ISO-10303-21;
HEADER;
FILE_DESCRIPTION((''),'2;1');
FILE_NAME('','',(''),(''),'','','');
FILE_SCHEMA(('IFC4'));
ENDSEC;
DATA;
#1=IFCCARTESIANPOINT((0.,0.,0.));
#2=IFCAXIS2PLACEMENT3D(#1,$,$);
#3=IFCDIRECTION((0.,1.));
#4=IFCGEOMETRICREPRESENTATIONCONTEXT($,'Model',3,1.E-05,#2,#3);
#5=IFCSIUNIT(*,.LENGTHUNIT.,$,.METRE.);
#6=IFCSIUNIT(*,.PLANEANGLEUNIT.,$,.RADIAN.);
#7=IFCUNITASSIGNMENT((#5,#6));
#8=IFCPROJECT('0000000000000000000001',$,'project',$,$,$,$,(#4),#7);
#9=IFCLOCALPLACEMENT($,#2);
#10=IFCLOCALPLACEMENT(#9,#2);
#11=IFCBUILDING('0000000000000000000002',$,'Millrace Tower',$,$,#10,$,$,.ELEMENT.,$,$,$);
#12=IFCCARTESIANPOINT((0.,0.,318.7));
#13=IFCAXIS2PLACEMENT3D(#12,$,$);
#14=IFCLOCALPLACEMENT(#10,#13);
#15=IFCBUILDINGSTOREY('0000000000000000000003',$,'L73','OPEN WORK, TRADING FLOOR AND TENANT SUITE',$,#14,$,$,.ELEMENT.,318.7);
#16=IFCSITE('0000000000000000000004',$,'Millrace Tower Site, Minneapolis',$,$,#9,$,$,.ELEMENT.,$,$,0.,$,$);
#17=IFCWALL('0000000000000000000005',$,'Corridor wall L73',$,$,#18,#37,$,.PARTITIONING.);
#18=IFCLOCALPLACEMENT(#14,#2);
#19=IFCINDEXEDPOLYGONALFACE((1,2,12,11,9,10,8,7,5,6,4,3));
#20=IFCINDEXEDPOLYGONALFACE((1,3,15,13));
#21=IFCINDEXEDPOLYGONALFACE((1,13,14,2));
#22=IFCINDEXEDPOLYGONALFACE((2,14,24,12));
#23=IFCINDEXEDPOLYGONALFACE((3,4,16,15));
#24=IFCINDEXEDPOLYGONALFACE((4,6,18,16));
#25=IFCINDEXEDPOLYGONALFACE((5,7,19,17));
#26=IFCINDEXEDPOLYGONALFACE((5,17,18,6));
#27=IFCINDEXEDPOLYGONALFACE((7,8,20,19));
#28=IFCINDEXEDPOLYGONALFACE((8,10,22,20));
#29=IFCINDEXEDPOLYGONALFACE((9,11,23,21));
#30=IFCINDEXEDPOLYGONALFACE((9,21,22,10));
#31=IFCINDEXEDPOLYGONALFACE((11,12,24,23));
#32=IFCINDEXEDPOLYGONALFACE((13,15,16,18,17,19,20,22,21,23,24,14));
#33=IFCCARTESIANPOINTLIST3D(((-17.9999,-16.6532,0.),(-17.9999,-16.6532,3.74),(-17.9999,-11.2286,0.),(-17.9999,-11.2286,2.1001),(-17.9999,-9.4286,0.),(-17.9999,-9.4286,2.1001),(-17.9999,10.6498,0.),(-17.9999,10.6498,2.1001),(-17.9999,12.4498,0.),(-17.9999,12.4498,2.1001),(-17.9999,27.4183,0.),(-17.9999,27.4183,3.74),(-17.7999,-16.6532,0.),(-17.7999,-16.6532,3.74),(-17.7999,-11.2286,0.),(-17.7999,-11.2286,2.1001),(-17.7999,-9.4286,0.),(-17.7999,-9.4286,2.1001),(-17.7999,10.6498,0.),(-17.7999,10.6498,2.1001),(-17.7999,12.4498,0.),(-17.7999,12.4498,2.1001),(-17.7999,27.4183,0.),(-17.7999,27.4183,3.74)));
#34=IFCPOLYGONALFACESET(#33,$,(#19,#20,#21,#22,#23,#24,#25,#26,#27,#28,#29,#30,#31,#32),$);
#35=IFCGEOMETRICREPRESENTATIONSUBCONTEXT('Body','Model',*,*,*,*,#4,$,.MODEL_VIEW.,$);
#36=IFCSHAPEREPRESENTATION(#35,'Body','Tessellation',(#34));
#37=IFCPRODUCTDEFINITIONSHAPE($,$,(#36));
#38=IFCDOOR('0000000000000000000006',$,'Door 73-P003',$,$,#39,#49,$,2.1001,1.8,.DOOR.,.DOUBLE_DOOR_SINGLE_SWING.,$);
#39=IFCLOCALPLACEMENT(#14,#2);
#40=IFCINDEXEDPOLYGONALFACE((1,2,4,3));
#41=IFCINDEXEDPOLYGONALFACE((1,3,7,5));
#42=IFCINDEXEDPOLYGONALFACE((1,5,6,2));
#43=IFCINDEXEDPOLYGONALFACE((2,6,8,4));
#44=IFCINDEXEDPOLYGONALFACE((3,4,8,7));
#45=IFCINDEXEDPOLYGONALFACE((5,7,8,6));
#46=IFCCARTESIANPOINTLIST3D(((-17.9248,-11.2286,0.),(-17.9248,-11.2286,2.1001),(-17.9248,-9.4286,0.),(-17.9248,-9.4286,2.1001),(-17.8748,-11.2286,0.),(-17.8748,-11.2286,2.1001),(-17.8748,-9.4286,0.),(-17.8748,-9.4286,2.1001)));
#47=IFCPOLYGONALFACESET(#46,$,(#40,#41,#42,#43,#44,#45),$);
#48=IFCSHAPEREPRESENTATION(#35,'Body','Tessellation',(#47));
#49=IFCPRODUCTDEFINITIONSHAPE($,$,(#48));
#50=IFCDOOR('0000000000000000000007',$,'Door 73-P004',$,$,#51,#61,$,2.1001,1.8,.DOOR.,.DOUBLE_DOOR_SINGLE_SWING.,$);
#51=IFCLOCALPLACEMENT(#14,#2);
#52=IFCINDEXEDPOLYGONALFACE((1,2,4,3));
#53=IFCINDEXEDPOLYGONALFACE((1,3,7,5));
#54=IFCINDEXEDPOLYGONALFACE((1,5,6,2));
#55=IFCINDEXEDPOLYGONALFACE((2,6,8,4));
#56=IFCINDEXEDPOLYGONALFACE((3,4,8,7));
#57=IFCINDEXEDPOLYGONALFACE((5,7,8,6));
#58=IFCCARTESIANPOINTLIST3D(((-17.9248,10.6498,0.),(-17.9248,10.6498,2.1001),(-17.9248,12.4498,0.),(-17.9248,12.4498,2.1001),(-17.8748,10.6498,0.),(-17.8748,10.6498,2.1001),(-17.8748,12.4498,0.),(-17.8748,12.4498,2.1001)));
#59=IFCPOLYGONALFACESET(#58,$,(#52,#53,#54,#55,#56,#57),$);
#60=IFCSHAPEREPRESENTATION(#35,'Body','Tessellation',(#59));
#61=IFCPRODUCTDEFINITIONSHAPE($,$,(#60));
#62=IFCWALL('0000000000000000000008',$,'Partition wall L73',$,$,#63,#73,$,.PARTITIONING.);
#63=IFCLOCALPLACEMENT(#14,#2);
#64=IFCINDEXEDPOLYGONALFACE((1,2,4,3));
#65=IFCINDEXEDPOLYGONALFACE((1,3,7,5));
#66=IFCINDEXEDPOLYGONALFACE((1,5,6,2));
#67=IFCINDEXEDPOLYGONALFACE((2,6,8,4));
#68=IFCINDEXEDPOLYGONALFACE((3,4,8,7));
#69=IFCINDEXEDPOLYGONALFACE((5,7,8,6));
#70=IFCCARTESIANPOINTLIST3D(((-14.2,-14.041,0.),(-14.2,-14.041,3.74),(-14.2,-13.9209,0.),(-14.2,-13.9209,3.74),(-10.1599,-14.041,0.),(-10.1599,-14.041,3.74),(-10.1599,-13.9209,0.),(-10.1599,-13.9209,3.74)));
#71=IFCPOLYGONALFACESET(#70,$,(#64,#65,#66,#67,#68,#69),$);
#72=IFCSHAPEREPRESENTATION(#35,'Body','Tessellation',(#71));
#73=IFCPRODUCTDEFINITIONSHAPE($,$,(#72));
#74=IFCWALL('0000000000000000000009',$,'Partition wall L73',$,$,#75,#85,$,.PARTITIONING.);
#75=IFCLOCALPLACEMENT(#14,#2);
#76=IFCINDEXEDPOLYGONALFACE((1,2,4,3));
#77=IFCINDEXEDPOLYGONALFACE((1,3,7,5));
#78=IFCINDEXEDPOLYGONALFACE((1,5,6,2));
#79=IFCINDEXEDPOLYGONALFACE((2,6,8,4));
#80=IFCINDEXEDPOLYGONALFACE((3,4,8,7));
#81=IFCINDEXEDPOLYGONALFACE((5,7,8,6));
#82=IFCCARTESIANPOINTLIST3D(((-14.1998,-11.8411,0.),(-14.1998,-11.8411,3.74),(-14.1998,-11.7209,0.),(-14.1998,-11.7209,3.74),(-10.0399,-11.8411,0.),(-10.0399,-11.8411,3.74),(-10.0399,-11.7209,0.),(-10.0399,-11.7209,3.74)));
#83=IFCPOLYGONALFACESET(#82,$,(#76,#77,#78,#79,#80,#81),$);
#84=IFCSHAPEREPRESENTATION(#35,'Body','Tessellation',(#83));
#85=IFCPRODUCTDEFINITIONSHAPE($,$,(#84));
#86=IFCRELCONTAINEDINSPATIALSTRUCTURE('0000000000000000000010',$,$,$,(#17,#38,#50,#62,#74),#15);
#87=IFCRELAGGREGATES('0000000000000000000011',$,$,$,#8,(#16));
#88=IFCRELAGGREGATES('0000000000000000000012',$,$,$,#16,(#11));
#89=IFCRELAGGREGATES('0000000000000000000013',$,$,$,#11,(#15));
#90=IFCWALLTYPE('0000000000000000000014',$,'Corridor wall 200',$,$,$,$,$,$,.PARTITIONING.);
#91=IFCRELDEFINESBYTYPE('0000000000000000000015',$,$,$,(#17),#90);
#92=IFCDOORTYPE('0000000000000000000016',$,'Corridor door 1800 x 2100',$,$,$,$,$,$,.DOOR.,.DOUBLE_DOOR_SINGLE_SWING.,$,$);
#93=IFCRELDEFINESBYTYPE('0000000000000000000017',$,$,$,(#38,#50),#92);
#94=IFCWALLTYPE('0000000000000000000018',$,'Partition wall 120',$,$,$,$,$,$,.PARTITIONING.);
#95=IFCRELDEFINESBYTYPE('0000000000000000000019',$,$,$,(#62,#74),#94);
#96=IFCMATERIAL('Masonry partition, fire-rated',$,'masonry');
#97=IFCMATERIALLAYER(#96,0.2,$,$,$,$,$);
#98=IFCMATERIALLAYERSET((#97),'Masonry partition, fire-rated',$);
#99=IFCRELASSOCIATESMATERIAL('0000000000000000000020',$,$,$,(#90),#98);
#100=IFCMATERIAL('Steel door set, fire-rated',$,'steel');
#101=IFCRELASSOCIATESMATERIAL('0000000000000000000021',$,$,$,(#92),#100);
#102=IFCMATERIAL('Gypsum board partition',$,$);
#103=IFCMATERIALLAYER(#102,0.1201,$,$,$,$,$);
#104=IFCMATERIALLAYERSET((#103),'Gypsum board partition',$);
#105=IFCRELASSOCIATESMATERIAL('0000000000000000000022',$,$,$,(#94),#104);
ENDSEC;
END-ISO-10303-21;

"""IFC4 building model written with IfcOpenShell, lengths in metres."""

from ifc_helpers import new_model, si_unit, direction, frame, frame_2d, origin, place, context, subcontext, project, spatial, rectangle, extrude, material, layer, layer_set, type_object, element, fill, save


model = new_model("IFC4")

# Units and contexts
model_context = context("Model", 3, precision=1e-05, world=origin(), true_north=direction((0.0, 1.0)))
body_context = subcontext(model_context, "Body", "Model", "MODEL_VIEW")
ifc_project = project(units=[si_unit("LENGTHUNIT", "METRE"), si_unit("PLANEANGLEUNIT", "RADIAN")], contexts=[model_context])

# Site, building, storey
site_placement = place(None, origin())
site = spatial("IfcSite", under=ifc_project, at=site_placement, Name="Millrace Tower Site, Minneapolis", CompositionType="ELEMENT", RefElevation=0.0)
building_placement = place(site_placement, origin())
building = spatial("IfcBuilding", under=site, at=building_placement, Name="Millrace Tower", CompositionType="ELEMENT")
storey_placement = place(building_placement, frame((0.0, 0.0, 318.7)))
storey = spatial("IfcBuildingStorey", under=building, at=storey_placement, Name="L73", Description="OPEN WORK, TRADING FLOOR AND TENANT SUITE", CompositionType="ELEMENT", Elevation=318.7)

# Shared definitions
ifc_material_1 = material(Name="Masonry partition, fire-rated", Category="masonry")
ifc_layer_1 = layer(ifc_material_1, 0.2)
ifc_layer_set_1 = layer_set([ifc_layer_1], Name="Masonry partition, fire-rated")
wall_type_1 = type_object("IfcWallType", Name="Corridor wall 200", PredefinedType="PARTITIONING", material=ifc_layer_set_1)

# Wall, openings, doors
wall_1_placement = place(storey_placement, frame((-17.8999, -16.6531, 0.0), z_axis=(0.0, 0.0, 1.0), x_axis=(0.0, 1.0, 0.0)))
wall_1 = element("IfcWall", 1, at=wall_1_placement, inside=storey, type_object=wall_type_1, Name="Corridor wall L73", PredefinedType="PARTITIONING", context=body_context, shape_type="SweptSolid", body=[
    extrude(rectangle(XDim=44.0715, YDim=0.2, at=frame_2d((22.0356, 0.0))), origin(), (0.0, 0.0, 1.0), 3.74),
])
opening_1_placement = place(wall_1_placement, frame((5.4246, 0.0, 0.0)))
opening_1 = element("IfcOpeningElement", 2, at=opening_1_placement, cuts=wall_1, PredefinedType="OPENING", context=body_context, shape_type="SweptSolid", body=[
    extrude(rectangle(XDim=1.8, YDim=2.1001, at=frame_2d((0.8999, 1.05))), frame((0.0, 0.1099, 0.0), z_axis=(0.0, -1.0, 0.0), x_axis=(1.0, 0.0, 0.0)), (0.0, 0.0, 1.0), 0.22),
])
opening_2_placement = place(wall_1_placement, frame((27.303, 0.0, 0.0)))
opening_2 = element("IfcOpeningElement", 3, at=opening_2_placement, cuts=wall_1, PredefinedType="OPENING", context=body_context, shape_type="SweptSolid", body=[
    extrude(rectangle(XDim=1.8, YDim=2.1001, at=frame_2d((0.8999, 1.05))), frame((0.0, 0.1099, 0.0), z_axis=(0.0, -1.0, 0.0), x_axis=(1.0, 0.0, 0.0)), (0.0, 0.0, 1.0), 0.22),
])
ifc_material_2 = material(Name="Steel door set, fire-rated", Category="steel")
door_type_1 = type_object("IfcDoorType", Name="Corridor door 1800 x 2100", OperationType="DOUBLE_DOOR_SINGLE_SWING", PredefinedType="DOOR", material=ifc_material_2)
door_1_placement = place(opening_1_placement, origin())
door_1 = element("IfcDoor", 4, at=door_1_placement, inside=storey, type_object=door_type_1, Name="Door 73-P003", OperationType="DOUBLE_DOOR_SINGLE_SWING", OverallHeight=2.1001, OverallWidth=1.8, PredefinedType="DOOR", context=body_context, shape_type="SweptSolid", body=[
    extrude(rectangle(XDim=1.8, YDim=2.1001, at=frame_2d((0.8999, 1.05))), frame((0.0, 0.0249, 0.0), z_axis=(0.0, -1.0, 0.0), x_axis=(1.0, 0.0, 0.0)), (0.0, 0.0, 1.0), 0.05),
])
fill(opening_1, door_1)
door_2_placement = place(opening_2_placement, origin())
door_2 = element("IfcDoor", 5, at=door_2_placement, inside=storey, type_object=door_type_1, Name="Door 73-P004", OperationType="DOUBLE_DOOR_SINGLE_SWING", OverallHeight=2.1001, OverallWidth=1.8, PredefinedType="DOOR", context=body_context, shape_type="SweptSolid", body=[
    extrude(rectangle(XDim=1.8, YDim=2.1001, at=frame_2d((0.8999, 1.05))), frame((0.0, 0.0249, 0.0), z_axis=(0.0, -1.0, 0.0), x_axis=(1.0, 0.0, 0.0)), (0.0, 0.0, 1.0), 0.05),
])
fill(opening_2, door_2)

# Walls
ifc_material_3 = material(Name="Gypsum board partition")
ifc_layer_2 = layer(ifc_material_3, 0.1201)
ifc_layer_set_2 = layer_set([ifc_layer_2], Name="Gypsum board partition")
wall_type_2 = type_object("IfcWallType", Name="Partition wall 120", PredefinedType="PARTITIONING", material=ifc_layer_set_2)
wall_2_placement = place(storey_placement, frame((-14.2, -13.981, 0.0), z_axis=(0.0, 0.0, 1.0), x_axis=(1.0, 0.0, 0.0)))
element("IfcWall", 6, at=wall_2_placement, inside=storey, type_object=wall_type_2, Name="Partition wall L73", PredefinedType="PARTITIONING", context=body_context, shape_type="SweptSolid", body=[
    extrude(rectangle(XDim=4.04, YDim=0.1201, at=frame_2d((2.02, 0.0))), origin(), (0.0, 0.0, 1.0), 3.74),
])
wall_3_placement = place(storey_placement, frame((-14.2, -11.781, 0.0), z_axis=(0.0, 0.0, 1.0), x_axis=(1.0, 0.0, 0.0)))
element("IfcWall", 7, at=wall_3_placement, inside=storey, type_object=wall_type_2, Name="Partition wall L73", PredefinedType="PARTITIONING", context=body_context, shape_type="SweptSolid", body=[
    extrude(rectangle(XDim=4.1599, YDim=0.1201, at=frame_2d((2.0801, 0.0))), origin(), (0.0, 0.0, 1.0), 3.74),
])

save(model, "model.ifc")
